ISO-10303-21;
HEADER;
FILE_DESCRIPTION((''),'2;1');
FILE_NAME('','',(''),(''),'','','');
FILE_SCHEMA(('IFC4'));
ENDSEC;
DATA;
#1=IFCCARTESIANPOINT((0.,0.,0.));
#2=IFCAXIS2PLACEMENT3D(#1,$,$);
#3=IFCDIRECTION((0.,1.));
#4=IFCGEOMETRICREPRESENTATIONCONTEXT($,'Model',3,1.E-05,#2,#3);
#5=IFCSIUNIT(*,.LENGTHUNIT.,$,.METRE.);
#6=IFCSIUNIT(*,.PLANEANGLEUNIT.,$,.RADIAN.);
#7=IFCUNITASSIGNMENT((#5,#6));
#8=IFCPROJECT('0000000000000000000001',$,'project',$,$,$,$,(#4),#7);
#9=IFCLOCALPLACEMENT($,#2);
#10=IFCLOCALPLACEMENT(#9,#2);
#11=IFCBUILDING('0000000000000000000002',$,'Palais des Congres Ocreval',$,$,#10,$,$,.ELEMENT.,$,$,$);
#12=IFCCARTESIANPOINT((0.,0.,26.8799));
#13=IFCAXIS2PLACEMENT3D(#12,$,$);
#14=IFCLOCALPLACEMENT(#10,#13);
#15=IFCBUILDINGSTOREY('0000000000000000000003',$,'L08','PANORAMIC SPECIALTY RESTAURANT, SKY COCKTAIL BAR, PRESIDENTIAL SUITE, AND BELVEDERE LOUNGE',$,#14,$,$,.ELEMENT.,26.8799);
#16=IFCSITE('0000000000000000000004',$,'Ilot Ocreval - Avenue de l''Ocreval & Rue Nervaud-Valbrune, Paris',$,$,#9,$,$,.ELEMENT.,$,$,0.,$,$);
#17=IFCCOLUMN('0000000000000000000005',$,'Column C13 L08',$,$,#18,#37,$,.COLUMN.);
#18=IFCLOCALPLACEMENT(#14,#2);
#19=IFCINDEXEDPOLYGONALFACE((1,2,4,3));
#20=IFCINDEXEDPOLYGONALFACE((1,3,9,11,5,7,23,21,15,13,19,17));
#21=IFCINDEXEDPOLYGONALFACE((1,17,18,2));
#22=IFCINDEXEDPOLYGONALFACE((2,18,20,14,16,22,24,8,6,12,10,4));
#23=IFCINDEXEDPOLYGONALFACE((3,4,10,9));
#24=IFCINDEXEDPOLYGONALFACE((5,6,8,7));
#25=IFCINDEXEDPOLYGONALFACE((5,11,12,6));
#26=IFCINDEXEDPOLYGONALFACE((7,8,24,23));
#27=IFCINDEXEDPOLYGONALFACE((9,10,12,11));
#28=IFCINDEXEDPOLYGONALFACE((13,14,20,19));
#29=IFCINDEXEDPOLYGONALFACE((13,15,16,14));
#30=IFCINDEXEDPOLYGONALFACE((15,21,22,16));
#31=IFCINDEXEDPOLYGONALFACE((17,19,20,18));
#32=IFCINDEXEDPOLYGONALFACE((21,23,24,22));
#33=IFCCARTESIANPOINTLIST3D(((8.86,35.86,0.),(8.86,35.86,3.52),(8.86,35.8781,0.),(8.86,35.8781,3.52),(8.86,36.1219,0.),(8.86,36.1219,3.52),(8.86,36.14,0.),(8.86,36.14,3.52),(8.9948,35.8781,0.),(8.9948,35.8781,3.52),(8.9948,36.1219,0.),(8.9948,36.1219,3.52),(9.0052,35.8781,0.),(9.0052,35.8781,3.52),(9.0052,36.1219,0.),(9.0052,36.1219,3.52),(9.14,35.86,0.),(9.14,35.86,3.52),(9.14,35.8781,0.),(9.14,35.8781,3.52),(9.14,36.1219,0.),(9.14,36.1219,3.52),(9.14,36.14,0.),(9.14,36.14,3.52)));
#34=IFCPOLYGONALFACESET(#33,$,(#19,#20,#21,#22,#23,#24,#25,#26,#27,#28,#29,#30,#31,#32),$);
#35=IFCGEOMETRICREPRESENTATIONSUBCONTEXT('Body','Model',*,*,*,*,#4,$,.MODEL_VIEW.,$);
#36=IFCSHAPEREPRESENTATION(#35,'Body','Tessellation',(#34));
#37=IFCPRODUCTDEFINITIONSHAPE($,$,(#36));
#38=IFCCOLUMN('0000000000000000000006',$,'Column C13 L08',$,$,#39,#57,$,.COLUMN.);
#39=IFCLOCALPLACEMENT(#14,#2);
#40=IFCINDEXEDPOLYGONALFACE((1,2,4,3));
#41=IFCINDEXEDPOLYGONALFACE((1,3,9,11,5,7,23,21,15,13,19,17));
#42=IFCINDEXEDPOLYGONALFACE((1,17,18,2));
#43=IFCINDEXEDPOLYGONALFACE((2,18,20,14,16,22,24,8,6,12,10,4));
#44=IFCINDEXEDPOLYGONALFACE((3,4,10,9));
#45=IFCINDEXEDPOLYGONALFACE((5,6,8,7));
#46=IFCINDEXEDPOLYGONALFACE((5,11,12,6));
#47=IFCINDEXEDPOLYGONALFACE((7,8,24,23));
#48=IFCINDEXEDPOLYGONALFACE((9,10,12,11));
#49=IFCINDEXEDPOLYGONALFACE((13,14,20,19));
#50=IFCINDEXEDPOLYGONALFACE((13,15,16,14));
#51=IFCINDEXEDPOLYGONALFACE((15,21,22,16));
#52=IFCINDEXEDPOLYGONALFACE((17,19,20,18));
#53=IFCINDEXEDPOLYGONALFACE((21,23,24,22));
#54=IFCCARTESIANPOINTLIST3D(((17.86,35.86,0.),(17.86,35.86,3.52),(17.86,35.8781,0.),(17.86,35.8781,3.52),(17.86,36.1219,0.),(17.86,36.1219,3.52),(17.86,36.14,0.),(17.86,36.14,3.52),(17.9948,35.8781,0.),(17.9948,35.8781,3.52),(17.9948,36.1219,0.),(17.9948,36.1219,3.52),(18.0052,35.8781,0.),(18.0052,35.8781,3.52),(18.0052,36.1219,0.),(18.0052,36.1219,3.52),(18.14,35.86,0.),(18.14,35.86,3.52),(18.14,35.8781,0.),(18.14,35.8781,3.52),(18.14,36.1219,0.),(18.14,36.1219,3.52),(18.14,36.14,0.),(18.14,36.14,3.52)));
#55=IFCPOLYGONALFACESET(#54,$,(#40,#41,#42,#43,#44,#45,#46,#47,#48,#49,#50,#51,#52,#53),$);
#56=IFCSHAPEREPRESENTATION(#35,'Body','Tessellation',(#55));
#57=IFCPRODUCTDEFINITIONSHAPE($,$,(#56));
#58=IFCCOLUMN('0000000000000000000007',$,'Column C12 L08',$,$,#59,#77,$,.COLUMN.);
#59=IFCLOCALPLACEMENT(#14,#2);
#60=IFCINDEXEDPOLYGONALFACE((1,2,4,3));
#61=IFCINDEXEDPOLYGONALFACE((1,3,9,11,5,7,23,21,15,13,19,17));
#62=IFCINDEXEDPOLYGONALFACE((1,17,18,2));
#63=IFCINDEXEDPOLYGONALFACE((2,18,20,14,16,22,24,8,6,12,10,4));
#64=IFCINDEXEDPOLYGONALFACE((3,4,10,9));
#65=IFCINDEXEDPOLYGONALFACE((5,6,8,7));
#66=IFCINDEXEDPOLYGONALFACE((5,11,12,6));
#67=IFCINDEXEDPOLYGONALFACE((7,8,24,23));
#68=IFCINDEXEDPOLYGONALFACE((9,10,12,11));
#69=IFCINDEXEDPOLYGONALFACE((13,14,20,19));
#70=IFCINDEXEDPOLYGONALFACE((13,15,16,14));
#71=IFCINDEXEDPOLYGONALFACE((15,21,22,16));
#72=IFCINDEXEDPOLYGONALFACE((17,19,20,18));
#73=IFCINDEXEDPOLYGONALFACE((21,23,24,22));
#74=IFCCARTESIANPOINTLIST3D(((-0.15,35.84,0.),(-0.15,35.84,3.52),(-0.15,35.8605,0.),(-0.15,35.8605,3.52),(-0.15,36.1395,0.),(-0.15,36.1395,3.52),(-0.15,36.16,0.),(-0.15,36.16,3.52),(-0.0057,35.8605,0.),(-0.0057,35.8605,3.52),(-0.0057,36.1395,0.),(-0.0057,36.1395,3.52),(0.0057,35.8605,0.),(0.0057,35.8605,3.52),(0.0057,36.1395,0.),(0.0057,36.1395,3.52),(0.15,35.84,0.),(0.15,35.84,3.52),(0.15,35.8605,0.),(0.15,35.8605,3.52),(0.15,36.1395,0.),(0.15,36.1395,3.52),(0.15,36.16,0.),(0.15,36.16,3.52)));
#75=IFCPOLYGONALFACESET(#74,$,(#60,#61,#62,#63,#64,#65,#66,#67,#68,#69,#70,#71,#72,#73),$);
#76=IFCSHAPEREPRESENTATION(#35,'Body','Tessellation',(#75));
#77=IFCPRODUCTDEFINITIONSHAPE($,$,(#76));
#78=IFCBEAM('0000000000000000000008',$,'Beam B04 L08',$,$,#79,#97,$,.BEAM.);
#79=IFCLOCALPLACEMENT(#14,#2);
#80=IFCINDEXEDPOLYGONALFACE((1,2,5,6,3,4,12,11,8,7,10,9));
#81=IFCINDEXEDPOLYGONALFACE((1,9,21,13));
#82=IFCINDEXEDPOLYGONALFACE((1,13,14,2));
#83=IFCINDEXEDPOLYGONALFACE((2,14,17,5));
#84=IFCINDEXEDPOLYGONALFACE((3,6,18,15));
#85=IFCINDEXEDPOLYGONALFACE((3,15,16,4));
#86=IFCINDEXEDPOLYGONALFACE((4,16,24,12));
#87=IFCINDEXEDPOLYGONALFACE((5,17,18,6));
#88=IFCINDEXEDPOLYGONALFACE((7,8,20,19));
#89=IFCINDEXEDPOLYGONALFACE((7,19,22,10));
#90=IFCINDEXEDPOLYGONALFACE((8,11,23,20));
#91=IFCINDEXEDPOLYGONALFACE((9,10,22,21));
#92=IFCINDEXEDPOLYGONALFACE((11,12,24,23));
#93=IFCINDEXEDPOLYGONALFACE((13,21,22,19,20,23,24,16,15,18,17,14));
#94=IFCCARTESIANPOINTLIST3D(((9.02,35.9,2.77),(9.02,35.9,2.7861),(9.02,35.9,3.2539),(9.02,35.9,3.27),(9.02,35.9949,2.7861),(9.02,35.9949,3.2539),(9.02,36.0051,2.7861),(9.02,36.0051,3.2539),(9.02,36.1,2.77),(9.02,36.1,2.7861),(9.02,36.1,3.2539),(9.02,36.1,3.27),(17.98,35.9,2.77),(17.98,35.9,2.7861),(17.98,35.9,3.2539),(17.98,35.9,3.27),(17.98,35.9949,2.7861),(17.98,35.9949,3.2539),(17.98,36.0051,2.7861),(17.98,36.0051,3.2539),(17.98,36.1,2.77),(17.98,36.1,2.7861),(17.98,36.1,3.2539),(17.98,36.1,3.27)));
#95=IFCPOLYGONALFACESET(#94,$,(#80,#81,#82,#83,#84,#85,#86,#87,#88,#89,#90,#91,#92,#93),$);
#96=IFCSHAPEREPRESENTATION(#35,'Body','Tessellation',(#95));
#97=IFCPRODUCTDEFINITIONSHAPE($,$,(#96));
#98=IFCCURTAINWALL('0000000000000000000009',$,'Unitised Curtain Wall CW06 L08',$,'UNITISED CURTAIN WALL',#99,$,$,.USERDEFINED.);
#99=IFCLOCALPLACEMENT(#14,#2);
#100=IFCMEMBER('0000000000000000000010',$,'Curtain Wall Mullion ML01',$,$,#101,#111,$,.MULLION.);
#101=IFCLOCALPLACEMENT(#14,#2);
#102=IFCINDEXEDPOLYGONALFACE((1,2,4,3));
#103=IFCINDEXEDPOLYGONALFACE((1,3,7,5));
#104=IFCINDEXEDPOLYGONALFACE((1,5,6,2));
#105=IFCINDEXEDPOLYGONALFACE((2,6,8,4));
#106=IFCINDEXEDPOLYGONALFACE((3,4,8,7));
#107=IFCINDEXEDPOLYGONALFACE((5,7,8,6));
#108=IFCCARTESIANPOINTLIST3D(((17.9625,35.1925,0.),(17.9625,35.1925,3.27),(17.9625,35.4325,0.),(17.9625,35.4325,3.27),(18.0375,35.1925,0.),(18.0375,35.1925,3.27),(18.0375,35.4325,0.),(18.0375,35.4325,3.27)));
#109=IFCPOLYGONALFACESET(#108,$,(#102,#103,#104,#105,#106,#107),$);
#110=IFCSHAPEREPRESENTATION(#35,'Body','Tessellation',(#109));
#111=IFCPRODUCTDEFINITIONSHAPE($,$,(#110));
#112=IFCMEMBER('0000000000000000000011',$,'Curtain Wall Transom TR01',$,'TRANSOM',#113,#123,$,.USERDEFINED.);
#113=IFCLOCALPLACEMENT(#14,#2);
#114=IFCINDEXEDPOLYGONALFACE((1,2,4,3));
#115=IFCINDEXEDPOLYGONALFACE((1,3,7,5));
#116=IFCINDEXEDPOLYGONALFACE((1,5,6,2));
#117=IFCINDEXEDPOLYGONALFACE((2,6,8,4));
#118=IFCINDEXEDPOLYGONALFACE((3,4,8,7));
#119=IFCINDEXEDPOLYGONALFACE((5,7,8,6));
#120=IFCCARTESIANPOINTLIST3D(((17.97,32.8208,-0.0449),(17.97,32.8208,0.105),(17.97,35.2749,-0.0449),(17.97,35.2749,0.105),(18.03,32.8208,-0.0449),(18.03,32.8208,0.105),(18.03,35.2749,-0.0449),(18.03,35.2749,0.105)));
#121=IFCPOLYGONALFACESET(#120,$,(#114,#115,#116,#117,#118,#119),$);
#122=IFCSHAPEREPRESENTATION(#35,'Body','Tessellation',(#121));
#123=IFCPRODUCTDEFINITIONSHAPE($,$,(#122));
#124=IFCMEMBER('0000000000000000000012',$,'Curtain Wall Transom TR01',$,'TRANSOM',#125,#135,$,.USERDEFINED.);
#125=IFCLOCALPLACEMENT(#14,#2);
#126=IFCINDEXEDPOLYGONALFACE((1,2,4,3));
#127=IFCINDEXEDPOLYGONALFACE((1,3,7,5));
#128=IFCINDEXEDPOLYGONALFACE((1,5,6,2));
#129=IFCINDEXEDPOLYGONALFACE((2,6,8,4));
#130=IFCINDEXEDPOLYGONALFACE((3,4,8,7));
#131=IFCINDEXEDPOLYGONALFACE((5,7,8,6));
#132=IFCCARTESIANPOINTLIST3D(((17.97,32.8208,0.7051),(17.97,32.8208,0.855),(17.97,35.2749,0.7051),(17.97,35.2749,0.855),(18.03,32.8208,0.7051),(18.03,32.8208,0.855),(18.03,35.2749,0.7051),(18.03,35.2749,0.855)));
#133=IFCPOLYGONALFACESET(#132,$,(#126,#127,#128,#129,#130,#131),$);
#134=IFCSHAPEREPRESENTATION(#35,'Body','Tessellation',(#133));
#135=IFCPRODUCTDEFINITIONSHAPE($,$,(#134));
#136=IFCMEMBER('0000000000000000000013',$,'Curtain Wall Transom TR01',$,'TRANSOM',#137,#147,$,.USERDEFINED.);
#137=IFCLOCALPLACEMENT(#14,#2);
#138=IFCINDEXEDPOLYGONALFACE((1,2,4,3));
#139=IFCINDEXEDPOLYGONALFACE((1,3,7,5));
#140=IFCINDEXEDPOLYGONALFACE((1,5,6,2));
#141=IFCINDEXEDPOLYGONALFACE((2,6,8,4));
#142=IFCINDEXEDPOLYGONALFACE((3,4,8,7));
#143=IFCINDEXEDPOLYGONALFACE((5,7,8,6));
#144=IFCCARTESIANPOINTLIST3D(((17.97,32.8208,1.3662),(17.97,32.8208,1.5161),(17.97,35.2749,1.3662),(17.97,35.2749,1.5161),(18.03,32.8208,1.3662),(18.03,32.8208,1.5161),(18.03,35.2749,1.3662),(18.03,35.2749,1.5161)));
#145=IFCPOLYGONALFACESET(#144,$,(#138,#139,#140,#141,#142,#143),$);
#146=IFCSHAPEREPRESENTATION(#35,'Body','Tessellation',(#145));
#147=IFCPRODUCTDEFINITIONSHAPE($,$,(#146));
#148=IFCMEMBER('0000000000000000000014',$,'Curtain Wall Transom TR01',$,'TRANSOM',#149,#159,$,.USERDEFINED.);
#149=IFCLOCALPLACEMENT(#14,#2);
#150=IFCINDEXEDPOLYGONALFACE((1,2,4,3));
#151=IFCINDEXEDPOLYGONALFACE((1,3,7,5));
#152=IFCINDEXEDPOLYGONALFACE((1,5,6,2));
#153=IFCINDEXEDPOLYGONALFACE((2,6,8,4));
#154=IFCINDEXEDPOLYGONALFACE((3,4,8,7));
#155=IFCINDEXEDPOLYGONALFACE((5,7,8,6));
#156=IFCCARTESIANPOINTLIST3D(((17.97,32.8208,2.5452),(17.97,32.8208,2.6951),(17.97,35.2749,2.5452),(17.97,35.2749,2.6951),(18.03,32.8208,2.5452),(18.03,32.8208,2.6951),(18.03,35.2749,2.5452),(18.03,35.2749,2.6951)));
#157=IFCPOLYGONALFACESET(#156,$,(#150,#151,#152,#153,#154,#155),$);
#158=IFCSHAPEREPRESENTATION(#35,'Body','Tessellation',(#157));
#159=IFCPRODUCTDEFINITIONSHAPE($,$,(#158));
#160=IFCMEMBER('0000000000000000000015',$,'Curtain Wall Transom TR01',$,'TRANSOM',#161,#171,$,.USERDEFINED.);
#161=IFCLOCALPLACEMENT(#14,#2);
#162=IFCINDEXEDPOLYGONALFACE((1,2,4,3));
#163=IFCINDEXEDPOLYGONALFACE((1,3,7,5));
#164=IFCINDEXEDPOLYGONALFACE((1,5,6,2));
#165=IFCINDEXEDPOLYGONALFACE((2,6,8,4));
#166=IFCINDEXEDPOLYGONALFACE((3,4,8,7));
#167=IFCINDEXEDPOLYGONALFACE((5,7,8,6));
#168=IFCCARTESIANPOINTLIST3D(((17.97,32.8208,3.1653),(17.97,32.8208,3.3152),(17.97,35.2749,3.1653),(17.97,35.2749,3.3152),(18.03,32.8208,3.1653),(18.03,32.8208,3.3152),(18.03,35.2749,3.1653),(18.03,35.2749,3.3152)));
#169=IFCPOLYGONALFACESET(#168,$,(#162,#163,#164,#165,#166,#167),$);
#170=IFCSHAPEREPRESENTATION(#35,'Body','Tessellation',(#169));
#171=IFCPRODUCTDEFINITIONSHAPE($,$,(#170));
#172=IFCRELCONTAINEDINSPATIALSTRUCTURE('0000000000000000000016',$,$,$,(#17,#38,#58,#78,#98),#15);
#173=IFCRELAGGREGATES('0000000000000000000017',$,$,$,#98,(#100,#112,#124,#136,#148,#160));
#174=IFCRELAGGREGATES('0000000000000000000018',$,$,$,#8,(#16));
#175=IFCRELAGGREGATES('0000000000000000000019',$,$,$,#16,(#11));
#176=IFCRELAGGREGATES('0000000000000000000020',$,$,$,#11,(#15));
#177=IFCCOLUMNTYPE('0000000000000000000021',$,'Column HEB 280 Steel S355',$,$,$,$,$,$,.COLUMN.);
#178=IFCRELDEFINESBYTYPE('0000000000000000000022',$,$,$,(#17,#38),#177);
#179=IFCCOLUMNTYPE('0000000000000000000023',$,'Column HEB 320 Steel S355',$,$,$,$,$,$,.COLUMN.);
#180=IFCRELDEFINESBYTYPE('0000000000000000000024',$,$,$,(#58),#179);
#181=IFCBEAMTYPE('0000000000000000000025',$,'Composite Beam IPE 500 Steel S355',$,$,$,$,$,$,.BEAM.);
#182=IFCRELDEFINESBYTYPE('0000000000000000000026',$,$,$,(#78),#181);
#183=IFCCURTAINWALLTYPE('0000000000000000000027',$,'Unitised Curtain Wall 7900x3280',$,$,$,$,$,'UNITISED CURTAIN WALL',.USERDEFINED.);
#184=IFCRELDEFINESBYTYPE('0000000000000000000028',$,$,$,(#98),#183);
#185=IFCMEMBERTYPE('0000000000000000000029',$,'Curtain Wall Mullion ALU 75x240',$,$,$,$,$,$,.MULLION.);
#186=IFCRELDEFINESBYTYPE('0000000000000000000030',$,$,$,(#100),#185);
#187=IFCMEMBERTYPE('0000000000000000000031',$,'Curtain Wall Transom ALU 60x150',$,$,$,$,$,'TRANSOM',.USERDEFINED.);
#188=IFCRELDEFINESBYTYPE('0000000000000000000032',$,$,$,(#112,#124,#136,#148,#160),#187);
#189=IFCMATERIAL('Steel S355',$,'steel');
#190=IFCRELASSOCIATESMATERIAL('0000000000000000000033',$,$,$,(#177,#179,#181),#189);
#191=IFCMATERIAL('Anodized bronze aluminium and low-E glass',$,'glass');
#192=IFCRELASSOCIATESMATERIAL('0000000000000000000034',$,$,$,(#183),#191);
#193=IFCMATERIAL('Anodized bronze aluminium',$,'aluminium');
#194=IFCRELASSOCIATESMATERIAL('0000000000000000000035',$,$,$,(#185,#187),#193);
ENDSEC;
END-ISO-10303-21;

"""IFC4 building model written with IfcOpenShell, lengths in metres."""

from ifc_helpers import new_model, si_unit, direction, frame, origin, origin_2d, place, context, subcontext, project, spatial, rectangle, i_section, extrude, material, material_profile, profile_set, type_object, element, aggregate, save


model = new_model("IFC4")

# Units and contexts
model_context = context("Model", 3, precision=1e-05, world=origin(), true_north=direction((0.0, 1.0)))
body_context = subcontext(model_context, "Body", "Model", "MODEL_VIEW")
ifc_project = project(units=[si_unit("LENGTHUNIT", "METRE"), si_unit("PLANEANGLEUNIT", "RADIAN")], contexts=[model_context])

# Site, building, storey
site_placement = place(None, origin())
site = spatial("IfcSite", under=ifc_project, at=site_placement, Name="Ilot Ocreval - Avenue de l'Ocreval & Rue Nervaud-Valbrune, Paris", CompositionType="ELEMENT", RefElevation=0.0)
building_placement = place(site_placement, origin())
building = spatial("IfcBuilding", under=site, at=building_placement, Name="Palais des Congres Ocreval", CompositionType="ELEMENT")
storey_placement = place(building_placement, frame((0.0, 0.0, 26.8799)))
storey = spatial("IfcBuildingStorey", under=building, at=storey_placement, Name="L08", Description="PANORAMIC SPECIALTY RESTAURANT, SKY COCKTAIL BAR, PRESIDENTIAL SUITE, AND BELVEDERE LOUNGE", CompositionType="ELEMENT", Elevation=26.8799)

# Columns
ifc_material_1 = material(Name="Steel S355", Category="steel")
ifc_material_profile_1 = material_profile(ifc_material_1, i_section(OverallWidth=0.28, OverallDepth=0.28, WebThickness=0.0105, FlangeThickness=0.0181, at=origin_2d()), Name="HEB 280")
ifc_profile_set_1 = profile_set([ifc_material_profile_1], Name="Steel S355")
column_type_1 = type_object("IfcColumnType", Name="Column HEB 280 Steel S355", PredefinedType="COLUMN", material=ifc_profile_set_1)
for number, where, z_axis, x_axis, name in (
    (1, (9.0, 36.0, 0.0), (0.0, 0.0, 1.0), (1.0, 0.0, 0.0), "Column C13 L08"),
    (2, (18.0, 36.0, 0.0), (0.0, 0.0, 1.0), (1.0, 0.0, 0.0), "Column C13 L08"),
):
    element("IfcColumn", number, at=place(storey_placement, frame(where, z_axis=z_axis, x_axis=x_axis)), inside=storey, type_object=column_type_1, Name=name, PredefinedType="COLUMN", context=body_context, shape_type="SweptSolid", body=[
        extrude(i_section(OverallWidth=0.28, OverallDepth=0.28, WebThickness=0.0105, FlangeThickness=0.0181, at=origin_2d()), origin(), (0.0, 0.0, 1.0), 3.52),
    ])
ifc_material_profile_2 = material_profile(ifc_material_1, i_section(OverallWidth=0.3, OverallDepth=0.3201, WebThickness=0.0115, FlangeThickness=0.0205, at=origin_2d()), Name="HEB 320")
ifc_profile_set_2 = profile_set([ifc_material_profile_2], Name="Steel S355")
column_type_2 = type_object("IfcColumnType", Name="Column HEB 320 Steel S355", PredefinedType="COLUMN", material=ifc_profile_set_2)
column_placement = place(storey_placement, frame((0.0, 36.0, 0.0), z_axis=(0.0, 0.0, 1.0), x_axis=(1.0, 0.0, 0.0)))
element("IfcColumn", 3, at=column_placement, inside=storey, type_object=column_type_2, Name="Column C12 L08", PredefinedType="COLUMN", context=body_context, shape_type="SweptSolid", body=[
    extrude(i_section(OverallWidth=0.3, OverallDepth=0.3201, WebThickness=0.0115, FlangeThickness=0.0205, at=origin_2d()), origin(), (0.0, 0.0, 1.0), 3.52),
])

# Beam
ifc_material_profile_3 = material_profile(ifc_material_1, i_section(OverallWidth=0.2, OverallDepth=0.5, WebThickness=0.0103, FlangeThickness=0.0161, at=origin_2d()), Name="IPE 500")
ifc_profile_set_3 = profile_set([ifc_material_profile_3], Name="Steel S355")
beam_type_1 = type_object("IfcBeamType", Name="Composite Beam IPE 500 Steel S355", PredefinedType="BEAM", material=ifc_profile_set_3)
beam_1_placement = place(storey_placement, frame((9.02, 36.0, 3.02), z_axis=(1.0, 0.0, 0.0), x_axis=(0.0, 1.0, 0.0)))
element("IfcBeam", 4, at=beam_1_placement, inside=storey, type_object=beam_type_1, Name="Beam B04 L08", PredefinedType="BEAM", context=body_context, shape_type="SweptSolid", body=[
    extrude(i_section(OverallWidth=0.2, OverallDepth=0.5, WebThickness=0.0103, FlangeThickness=0.0161, at=origin_2d()), origin(), (0.0, 0.0, 1.0), 8.96),
])

# Curtain wall, members
ifc_material_2 = material(Name="Anodized bronze aluminium and low-E glass", Category="glass")
curtain_wall_type = type_object("IfcCurtainWallType", Name="Unitised Curtain Wall 7900x3280", ElementType="UNITISED CURTAIN WALL", PredefinedType="USERDEFINED", material=ifc_material_2)
curtain_wall_placement = place(storey_placement, origin())
curtain_wall = element("IfcCurtainWall", 5, at=curtain_wall_placement, inside=storey, type_object=curtain_wall_type, Name="Unitised Curtain Wall CW06 L08", ObjectType="UNITISED CURTAIN WALL", PredefinedType="USERDEFINED")
ifc_material_3 = material(Name="Anodized bronze aluminium", Category="aluminium")
ifc_material_profile_4 = material_profile(ifc_material_3, rectangle(XDim=0.075, YDim=0.24, at=origin_2d()), Name="ALU 75x240")
ifc_profile_set_4 = profile_set([ifc_material_profile_4], Name="Anodized bronze aluminium")
member_type_1 = type_object("IfcMemberType", Name="Curtain Wall Mullion ALU 75x240", PredefinedType="MULLION", material=ifc_profile_set_4)
member_1_placement = place(storey_placement, frame((18.0, 35.3125, 0.0), z_axis=(0.0, 0.0, 1.0), x_axis=(1.0, 0.0, 0.0)))
member_1 = element("IfcMember", 6, at=member_1_placement, type_object=member_type_1, Name="Curtain Wall Mullion ML01", PredefinedType="MULLION", context=body_context, shape_type="SweptSolid", body=[
    extrude(rectangle(XDim=0.075, YDim=0.24, at=origin_2d()), origin(), (0.0, 0.0, 1.0), 3.27),
])
ifc_material_profile_5 = material_profile(ifc_material_3, rectangle(XDim=0.0601, YDim=0.1499, at=origin_2d()), Name="ALU 60x150")
ifc_profile_set_5 = profile_set([ifc_material_profile_5], Name="Anodized bronze aluminium")
member_type_2 = type_object("IfcMemberType", Name="Curtain Wall Transom ALU 60x150", ElementType="TRANSOM", PredefinedType="USERDEFINED", material=ifc_profile_set_5)
member_2_placement = place(storey_placement, frame((18.0, 35.2749, 0.03), z_axis=(0.0, -1.0, 0.0), x_axis=(1.0, 0.0, 0.0)))
member_2 = element("IfcMember", 7, at=member_2_placement, type_object=member_type_2, Name="Curtain Wall Transom TR01", ObjectType="TRANSOM", PredefinedType="USERDEFINED", context=body_context, shape_type="SweptSolid", body=[
    extrude(rectangle(XDim=0.0601, YDim=0.1499, at=origin_2d()), origin(), (0.0, 0.0, 1.0), 2.4541),
])
member_3_placement = place(storey_placement, frame((18.0, 35.2749, 0.78), z_axis=(0.0, -1.0, 0.0), x_axis=(1.0, 0.0, 0.0)))
member_3 = element("IfcMember", 8, at=member_3_placement, type_object=member_type_2, Name="Curtain Wall Transom TR01", ObjectType="TRANSOM", PredefinedType="USERDEFINED", context=body_context, shape_type="SweptSolid", body=[
    extrude(rectangle(XDim=0.0601, YDim=0.1499, at=origin_2d()), origin(), (0.0, 0.0, 1.0), 2.4541),
])
member_4_placement = place(storey_placement, frame((18.0, 35.2749, 1.4412), z_axis=(0.0, -1.0, 0.0), x_axis=(1.0, 0.0, 0.0)))
member_4 = element("IfcMember", 9, at=member_4_placement, type_object=member_type_2, Name="Curtain Wall Transom TR01", ObjectType="TRANSOM", PredefinedType="USERDEFINED", context=body_context, shape_type="SweptSolid", body=[
    extrude(rectangle(XDim=0.0601, YDim=0.1499, at=origin_2d()), origin(), (0.0, 0.0, 1.0), 2.4541),
])
member_5_placement = place(storey_placement, frame((18.0, 35.2749, 2.6201), z_axis=(0.0, -1.0, 0.0), x_axis=(1.0, 0.0, 0.0)))
member_5 = element("IfcMember", 10, at=member_5_placement, type_object=member_type_2, Name="Curtain Wall Transom TR01", ObjectType="TRANSOM", PredefinedType="USERDEFINED", context=body_context, shape_type="SweptSolid", body=[
    extrude(rectangle(XDim=0.0601, YDim=0.1499, at=origin_2d()), origin(), (0.0, 0.0, 1.0), 2.4541),
])
member_6_placement = place(storey_placement, frame((18.0, 35.2749, 3.2402), z_axis=(0.0, -1.0, 0.0), x_axis=(1.0, 0.0, 0.0)))
member_6 = element("IfcMember", 11, at=member_6_placement, type_object=member_type_2, Name="Curtain Wall Transom TR01", ObjectType="TRANSOM", PredefinedType="USERDEFINED", context=body_context, shape_type="SweptSolid", body=[
    extrude(rectangle(XDim=0.0601, YDim=0.1499, at=origin_2d()), origin(), (0.0, 0.0, 1.0), 2.4541),
])

aggregate(curtain_wall, [member_1, member_2, member_3, member_4, member_5, member_6])

save(model, "model.ifc")
